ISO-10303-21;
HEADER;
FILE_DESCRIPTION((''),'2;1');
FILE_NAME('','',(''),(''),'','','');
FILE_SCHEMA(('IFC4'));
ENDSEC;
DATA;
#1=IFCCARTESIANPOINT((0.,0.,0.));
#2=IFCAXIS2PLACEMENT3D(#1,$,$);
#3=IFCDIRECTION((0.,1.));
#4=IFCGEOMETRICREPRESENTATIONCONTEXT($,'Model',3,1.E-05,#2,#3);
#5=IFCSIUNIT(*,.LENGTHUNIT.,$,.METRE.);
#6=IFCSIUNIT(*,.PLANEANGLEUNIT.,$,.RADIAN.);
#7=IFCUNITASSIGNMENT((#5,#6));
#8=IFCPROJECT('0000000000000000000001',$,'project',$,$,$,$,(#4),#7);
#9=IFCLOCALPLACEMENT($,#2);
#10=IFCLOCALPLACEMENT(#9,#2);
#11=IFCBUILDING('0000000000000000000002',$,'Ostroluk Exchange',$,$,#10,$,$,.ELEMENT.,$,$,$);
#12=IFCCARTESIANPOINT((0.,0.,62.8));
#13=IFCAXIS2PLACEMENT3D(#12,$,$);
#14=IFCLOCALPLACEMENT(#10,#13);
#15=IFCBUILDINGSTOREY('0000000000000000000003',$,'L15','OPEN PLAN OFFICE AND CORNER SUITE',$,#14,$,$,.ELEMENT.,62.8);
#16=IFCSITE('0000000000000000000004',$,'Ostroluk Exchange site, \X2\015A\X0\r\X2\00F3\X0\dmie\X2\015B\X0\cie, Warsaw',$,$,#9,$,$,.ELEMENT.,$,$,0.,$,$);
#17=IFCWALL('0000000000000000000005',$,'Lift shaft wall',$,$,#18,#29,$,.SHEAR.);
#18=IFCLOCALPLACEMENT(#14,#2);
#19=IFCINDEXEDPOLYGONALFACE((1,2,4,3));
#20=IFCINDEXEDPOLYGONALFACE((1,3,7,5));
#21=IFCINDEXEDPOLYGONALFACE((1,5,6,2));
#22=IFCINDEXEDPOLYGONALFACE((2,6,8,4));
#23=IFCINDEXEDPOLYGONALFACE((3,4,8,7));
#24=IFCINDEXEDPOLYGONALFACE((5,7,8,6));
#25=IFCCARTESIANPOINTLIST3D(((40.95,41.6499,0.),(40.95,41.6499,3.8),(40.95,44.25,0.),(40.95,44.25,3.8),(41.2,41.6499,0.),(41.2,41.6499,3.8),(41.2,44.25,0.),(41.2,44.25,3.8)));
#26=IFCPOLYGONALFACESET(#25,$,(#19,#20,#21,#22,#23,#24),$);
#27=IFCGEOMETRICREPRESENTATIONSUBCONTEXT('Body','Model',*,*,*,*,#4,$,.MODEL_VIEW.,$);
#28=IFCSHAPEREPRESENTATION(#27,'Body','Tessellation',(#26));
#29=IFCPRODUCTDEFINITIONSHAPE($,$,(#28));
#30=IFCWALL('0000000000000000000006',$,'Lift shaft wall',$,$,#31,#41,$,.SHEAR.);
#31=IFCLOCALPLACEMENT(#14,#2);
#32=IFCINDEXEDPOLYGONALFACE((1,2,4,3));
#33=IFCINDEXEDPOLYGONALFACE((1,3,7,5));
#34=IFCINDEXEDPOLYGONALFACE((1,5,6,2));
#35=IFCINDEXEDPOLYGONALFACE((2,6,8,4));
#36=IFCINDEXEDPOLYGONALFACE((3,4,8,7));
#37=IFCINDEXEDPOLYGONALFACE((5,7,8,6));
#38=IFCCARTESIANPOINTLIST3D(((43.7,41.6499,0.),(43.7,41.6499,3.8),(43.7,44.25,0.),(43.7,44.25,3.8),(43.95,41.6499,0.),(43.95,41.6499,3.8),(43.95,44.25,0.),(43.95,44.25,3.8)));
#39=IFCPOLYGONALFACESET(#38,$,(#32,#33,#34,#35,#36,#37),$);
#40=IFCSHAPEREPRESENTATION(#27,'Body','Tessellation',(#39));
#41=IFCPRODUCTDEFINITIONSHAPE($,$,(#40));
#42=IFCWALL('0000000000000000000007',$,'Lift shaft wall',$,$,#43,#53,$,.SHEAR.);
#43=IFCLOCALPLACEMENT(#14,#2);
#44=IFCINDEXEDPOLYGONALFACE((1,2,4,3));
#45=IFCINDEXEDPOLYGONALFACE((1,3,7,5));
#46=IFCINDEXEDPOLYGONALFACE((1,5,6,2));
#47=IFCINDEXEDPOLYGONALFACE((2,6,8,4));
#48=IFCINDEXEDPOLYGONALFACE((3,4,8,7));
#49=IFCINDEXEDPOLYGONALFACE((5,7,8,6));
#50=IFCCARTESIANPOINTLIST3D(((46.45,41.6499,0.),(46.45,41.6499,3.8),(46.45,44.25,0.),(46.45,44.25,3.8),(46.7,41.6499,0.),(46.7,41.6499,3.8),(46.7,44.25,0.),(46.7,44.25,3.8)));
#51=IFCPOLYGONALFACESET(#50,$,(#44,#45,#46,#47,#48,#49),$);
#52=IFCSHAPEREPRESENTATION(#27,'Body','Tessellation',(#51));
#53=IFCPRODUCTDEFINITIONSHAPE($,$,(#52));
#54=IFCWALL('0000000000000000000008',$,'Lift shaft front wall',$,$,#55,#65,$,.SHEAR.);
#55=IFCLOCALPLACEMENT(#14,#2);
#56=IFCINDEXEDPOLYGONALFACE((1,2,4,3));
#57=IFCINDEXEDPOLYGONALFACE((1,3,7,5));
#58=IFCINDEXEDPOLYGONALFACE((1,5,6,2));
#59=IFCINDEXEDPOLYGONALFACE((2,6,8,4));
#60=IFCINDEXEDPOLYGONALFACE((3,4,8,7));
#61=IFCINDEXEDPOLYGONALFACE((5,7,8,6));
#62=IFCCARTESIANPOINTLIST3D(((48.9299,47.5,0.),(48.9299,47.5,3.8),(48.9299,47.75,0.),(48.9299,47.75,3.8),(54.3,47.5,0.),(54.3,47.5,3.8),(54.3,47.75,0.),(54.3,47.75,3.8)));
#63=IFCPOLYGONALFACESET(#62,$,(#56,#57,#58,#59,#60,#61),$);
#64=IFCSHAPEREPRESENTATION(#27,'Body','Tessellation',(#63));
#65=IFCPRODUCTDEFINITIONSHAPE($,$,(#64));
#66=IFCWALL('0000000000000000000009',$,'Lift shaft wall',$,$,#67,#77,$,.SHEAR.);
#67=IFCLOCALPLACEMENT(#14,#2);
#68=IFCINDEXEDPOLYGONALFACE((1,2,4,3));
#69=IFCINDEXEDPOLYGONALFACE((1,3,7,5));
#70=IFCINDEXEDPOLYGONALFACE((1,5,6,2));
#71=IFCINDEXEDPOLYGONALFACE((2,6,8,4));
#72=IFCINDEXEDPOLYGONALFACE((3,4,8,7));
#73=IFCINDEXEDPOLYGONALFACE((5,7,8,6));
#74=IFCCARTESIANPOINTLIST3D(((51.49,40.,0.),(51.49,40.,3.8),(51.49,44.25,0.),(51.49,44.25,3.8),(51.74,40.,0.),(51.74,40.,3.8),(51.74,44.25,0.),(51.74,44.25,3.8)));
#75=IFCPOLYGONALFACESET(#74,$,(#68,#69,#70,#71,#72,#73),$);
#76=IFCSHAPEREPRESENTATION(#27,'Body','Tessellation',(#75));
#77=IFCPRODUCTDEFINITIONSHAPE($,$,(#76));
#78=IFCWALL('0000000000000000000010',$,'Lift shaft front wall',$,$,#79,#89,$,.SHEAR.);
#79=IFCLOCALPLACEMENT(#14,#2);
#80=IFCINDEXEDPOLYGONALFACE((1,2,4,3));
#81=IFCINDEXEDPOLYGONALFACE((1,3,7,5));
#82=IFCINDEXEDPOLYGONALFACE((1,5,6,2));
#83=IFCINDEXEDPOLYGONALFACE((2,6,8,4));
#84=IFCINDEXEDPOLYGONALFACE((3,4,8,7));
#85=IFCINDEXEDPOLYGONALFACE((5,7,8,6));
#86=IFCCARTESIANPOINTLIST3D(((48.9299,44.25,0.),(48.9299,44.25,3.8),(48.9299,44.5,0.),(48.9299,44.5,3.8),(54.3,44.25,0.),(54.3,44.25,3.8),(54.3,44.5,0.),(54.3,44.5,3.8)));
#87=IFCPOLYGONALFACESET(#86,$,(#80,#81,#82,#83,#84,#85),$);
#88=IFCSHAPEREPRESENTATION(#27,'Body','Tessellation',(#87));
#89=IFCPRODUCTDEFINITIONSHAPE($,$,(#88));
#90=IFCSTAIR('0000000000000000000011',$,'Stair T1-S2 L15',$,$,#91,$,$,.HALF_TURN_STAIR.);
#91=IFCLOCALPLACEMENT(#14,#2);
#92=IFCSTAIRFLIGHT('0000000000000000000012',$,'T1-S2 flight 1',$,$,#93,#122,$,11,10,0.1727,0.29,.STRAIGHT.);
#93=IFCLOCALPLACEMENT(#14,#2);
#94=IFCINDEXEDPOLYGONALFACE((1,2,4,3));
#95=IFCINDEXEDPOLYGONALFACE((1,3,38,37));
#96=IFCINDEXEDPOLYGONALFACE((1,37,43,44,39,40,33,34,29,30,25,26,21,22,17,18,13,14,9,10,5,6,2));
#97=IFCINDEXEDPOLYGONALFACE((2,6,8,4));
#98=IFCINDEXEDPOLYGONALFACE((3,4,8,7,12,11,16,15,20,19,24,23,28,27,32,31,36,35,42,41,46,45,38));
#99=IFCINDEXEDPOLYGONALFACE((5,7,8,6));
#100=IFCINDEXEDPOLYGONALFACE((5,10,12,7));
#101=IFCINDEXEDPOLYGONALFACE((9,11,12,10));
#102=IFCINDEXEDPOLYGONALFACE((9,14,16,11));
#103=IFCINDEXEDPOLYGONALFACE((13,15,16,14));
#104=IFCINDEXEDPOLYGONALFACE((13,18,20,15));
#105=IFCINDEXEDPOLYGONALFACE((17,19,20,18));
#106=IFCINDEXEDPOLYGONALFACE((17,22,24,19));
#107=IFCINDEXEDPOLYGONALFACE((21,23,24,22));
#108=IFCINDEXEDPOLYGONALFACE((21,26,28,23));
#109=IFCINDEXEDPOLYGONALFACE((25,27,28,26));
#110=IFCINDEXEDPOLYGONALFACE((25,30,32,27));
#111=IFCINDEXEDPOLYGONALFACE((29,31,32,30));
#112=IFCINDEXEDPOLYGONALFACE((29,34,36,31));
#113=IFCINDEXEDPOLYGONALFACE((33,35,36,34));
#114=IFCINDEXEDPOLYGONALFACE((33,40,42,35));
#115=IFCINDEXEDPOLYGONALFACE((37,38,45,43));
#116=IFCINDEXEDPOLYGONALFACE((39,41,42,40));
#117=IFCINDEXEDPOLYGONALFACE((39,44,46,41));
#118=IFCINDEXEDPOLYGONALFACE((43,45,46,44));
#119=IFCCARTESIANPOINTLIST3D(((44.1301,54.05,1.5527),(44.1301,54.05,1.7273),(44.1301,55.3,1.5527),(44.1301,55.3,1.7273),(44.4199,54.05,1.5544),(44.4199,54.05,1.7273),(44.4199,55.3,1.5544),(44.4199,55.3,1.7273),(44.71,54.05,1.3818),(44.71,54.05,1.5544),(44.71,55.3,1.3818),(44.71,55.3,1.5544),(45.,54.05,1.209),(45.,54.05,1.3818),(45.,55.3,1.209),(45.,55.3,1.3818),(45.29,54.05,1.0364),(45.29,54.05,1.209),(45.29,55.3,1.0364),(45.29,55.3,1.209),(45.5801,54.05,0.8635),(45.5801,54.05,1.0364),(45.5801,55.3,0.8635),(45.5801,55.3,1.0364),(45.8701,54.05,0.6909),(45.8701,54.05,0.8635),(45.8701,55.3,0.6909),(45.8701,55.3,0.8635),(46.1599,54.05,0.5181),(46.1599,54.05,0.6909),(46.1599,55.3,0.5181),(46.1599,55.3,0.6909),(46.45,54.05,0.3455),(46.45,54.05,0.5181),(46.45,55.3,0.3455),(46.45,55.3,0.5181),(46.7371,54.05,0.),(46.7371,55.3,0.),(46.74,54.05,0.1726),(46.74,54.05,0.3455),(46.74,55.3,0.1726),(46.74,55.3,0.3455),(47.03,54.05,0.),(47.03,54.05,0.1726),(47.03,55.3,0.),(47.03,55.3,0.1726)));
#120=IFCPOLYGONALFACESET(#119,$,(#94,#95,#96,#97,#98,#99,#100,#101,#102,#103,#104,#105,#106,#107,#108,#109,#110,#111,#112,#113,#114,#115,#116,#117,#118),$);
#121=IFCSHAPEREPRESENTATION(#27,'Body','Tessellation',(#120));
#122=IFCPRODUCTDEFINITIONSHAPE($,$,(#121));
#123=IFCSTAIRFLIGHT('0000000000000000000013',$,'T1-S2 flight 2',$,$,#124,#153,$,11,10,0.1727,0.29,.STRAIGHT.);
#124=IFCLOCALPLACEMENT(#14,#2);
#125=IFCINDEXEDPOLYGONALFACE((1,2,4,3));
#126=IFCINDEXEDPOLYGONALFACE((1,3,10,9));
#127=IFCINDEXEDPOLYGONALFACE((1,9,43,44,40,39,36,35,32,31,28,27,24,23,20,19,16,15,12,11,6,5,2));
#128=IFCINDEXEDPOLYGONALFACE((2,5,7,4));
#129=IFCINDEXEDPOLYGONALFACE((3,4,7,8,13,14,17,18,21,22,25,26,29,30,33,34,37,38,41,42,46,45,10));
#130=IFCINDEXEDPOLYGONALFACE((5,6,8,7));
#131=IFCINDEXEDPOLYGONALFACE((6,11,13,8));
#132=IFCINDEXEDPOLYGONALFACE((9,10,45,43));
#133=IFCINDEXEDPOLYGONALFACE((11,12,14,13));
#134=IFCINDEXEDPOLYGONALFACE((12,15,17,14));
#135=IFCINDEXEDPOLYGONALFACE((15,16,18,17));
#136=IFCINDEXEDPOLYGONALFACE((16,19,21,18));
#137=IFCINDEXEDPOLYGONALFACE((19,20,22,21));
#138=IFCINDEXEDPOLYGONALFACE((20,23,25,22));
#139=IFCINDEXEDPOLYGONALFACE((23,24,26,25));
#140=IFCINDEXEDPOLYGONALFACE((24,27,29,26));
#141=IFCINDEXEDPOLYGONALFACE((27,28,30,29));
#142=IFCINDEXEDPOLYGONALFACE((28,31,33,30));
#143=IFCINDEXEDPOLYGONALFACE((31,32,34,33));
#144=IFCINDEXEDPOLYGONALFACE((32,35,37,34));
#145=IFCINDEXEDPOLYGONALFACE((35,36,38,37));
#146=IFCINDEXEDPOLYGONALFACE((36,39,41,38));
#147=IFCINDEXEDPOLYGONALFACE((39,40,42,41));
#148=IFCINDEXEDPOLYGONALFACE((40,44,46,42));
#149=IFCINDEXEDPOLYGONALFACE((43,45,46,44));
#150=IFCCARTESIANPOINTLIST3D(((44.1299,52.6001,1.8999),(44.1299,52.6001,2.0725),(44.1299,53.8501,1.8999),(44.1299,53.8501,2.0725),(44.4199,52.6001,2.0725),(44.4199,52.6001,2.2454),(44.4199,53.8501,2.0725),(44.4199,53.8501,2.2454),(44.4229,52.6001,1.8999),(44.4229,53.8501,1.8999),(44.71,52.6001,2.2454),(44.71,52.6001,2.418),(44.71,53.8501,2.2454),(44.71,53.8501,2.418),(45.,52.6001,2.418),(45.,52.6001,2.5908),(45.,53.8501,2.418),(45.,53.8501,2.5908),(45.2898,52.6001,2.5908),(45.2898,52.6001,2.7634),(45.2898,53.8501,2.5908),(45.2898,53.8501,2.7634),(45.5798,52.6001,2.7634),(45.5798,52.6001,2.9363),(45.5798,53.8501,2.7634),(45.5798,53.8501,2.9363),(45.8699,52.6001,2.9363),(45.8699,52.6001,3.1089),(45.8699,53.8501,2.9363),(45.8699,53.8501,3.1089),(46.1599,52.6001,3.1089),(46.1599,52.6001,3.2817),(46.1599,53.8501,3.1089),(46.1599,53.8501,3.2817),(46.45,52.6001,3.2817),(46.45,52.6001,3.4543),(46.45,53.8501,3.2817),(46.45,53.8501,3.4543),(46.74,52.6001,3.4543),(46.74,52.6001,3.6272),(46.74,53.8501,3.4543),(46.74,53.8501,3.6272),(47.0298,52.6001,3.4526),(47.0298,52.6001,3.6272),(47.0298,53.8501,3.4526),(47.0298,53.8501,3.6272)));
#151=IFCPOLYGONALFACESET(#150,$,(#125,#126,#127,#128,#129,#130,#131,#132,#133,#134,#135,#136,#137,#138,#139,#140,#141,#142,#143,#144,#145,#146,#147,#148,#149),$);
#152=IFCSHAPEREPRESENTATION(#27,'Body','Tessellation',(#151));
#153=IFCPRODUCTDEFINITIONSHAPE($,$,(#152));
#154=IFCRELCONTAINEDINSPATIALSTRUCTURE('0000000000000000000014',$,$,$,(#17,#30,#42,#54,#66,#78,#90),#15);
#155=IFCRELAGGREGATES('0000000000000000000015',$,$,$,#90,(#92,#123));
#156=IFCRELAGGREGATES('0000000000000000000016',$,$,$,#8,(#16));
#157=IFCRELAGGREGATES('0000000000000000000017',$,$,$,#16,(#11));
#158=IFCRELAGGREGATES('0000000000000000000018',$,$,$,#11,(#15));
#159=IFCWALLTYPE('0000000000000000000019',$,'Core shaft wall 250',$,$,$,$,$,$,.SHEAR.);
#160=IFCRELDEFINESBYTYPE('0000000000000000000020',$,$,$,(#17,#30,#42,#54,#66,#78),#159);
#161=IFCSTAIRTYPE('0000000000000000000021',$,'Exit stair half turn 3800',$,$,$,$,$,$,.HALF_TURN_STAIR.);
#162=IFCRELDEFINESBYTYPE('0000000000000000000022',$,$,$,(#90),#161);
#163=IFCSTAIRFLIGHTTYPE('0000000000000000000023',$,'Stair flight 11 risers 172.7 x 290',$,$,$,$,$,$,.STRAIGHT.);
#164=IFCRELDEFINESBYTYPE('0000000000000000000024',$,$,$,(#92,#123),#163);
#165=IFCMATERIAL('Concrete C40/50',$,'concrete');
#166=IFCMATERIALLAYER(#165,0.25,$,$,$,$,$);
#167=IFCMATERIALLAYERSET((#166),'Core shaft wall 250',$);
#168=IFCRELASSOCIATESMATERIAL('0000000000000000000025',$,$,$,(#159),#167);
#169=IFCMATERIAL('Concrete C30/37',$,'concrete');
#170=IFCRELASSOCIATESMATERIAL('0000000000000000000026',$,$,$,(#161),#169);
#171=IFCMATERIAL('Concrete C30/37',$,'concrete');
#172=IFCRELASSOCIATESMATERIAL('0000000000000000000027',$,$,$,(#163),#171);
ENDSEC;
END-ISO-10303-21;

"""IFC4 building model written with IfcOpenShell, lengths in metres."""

from ifc_helpers import new_model, si_unit, direction, frame, frame_2d, origin, place, context, subcontext, project, spatial, polyline, rectangle, outline, extrude, material, layer, layer_set, type_object, element, aggregate, save


model = new_model("IFC4")

# Units and contexts
model_context = context("Model", 3, precision=1e-05, world=origin(), true_north=direction((0.0, 1.0)))
body_context = subcontext(model_context, "Body", "Model", "MODEL_VIEW")
ifc_project = project(units=[si_unit("LENGTHUNIT", "METRE"), si_unit("PLANEANGLEUNIT", "RADIAN")], contexts=[model_context])

# Site, building, storey
site_placement = place(None, origin())
site = spatial("IfcSite", under=ifc_project, at=site_placement, Name="Ostroluk Exchange site, Śródmieście, Warsaw", CompositionType="ELEMENT", RefElevation=0.0)
building_placement = place(site_placement, origin())
building = spatial("IfcBuilding", under=site, at=building_placement, Name="Ostroluk Exchange", CompositionType="ELEMENT")
storey_placement = place(building_placement, frame((0.0, 0.0, 62.8)))
storey = spatial("IfcBuildingStorey", under=building, at=storey_placement, Name="L15", Description="OPEN PLAN OFFICE AND CORNER SUITE", CompositionType="ELEMENT", Elevation=62.8)

# Shared definitions
ifc_material_1 = material(Name="Concrete C40/50", Category="concrete")
ifc_layer_1 = layer(ifc_material_1, 0.25)
ifc_layer_set_1 = layer_set([ifc_layer_1], Name="Core shaft wall 250")
wall_type_1 = type_object("IfcWallType", Name="Core shaft wall 250", PredefinedType="SHEAR", material=ifc_layer_set_1)

# Walls
for number, where, z_axis, x_axis, name in (
    (1, (41.075, 44.25, 0.0), (0.0, 0.0, 1.0), (0.0, -1.0, 0.0), "Lift shaft wall"),
    (2, (43.825, 44.25, 0.0), (0.0, 0.0, 1.0), (0.0, -1.0, 0.0), "Lift shaft wall"),
    (3, (46.575, 44.25, 0.0), (0.0, 0.0, 1.0), (0.0, -1.0, 0.0), "Lift shaft wall"),
):
    element("IfcWall", number, at=place(storey_placement, frame(where, z_axis=z_axis, x_axis=x_axis)), inside=storey, type_object=wall_type_1, Name=name, PredefinedType="SHEAR", context=body_context, shape_type="SweptSolid", body=[
        extrude(rectangle(XDim=2.6001, YDim=0.25, at=frame_2d((1.3, 0.0))), origin(), (0.0, 0.0, 1.0), 3.8),
    ])
wall_1_placement = place(storey_placement, frame((48.9299, 47.625, 0.0), z_axis=(0.0, 0.0, 1.0), x_axis=(1.0, 0.0, 0.0)))
element("IfcWall", 4, at=wall_1_placement, inside=storey, type_object=wall_type_1, Name="Lift shaft front wall", PredefinedType="SHEAR", context=body_context, shape_type="SweptSolid", body=[
    extrude(rectangle(XDim=5.3701, YDim=0.25, at=frame_2d((2.6851, 0.0))), origin(), (0.0, 0.0, 1.0), 3.8),
])
wall_2_placement = place(storey_placement, frame((51.615, 44.25, 0.0), z_axis=(0.0, 0.0, 1.0), x_axis=(0.0, -1.0, 0.0)))
element("IfcWall", 5, at=wall_2_placement, inside=storey, type_object=wall_type_1, Name="Lift shaft wall", PredefinedType="SHEAR", context=body_context, shape_type="SweptSolid", body=[
    extrude(rectangle(XDim=4.25, YDim=0.25, at=frame_2d((2.125, 0.0))), origin(), (0.0, 0.0, 1.0), 3.8),
])
wall_3_placement = place(storey_placement, frame((48.9299, 44.375, 0.0), z_axis=(0.0, 0.0, 1.0), x_axis=(1.0, 0.0, 0.0)))
element("IfcWall", 6, at=wall_3_placement, inside=storey, type_object=wall_type_1, Name="Lift shaft front wall", PredefinedType="SHEAR", context=body_context, shape_type="SweptSolid", body=[
    extrude(rectangle(XDim=5.3701, YDim=0.25, at=frame_2d((2.6851, 0.0))), origin(), (0.0, 0.0, 1.0), 3.8),
])

# Stair, stair flights
ifc_material_2 = material(Name="Concrete C30/37", Category="concrete")
stair_type = type_object("IfcStairType", Name="Exit stair half turn 3800", PredefinedType="HALF_TURN_STAIR", material=ifc_material_2)
stair_placement = place(storey_placement, origin())
stair = element("IfcStair", 7, at=stair_placement, inside=storey, type_object=stair_type, Name="Stair T1-S2 L15", PredefinedType="HALF_TURN_STAIR")
ifc_material_3 = material(Name="Concrete C30/37", Category="concrete")
stair_flight_type = type_object("IfcStairFlightType", Name="Stair flight 11 risers 172.7 x 290", PredefinedType="STRAIGHT", material=ifc_material_3)
stair_flight_1_placement = place(storey_placement, frame((47.03, 54.675, 0.0), z_axis=(0.0, 0.0, 1.0), x_axis=(-1.0, 0.0, 0.0)))
stair_flight_1 = element("IfcStairFlight", 8, at=stair_flight_1_placement, type_object=stair_flight_type, Name="T1-S2 flight 1", NumberOfRisers=11, NumberOfTreads=10, PredefinedType="STRAIGHT", RiserHeight=0.1727, TreadLength=0.29, context=body_context, shape_type="SweptSolid", body=[
    extrude(outline(polyline([(0.0, 0.0), (0.0, 0.1726), (0.29, 0.1726), (0.29, 0.3455), (0.5801, 0.3455), (0.5801, 0.5181), (0.8701, 0.5181), (0.8701, 0.6909), (1.1599, 0.6909), (1.1599, 0.8635), (1.45, 0.8635), (1.45, 1.0364), (1.74, 1.0364), (1.74, 1.209), (2.03, 1.209), (2.03, 1.3818), (2.3201, 1.3818), (2.3201, 1.5544), (2.6101, 1.5544), (2.6101, 1.7273), (2.8999, 1.7273), (2.8999, 1.8999), (2.8999, 1.5527), (0.293, 0.0), (0.0, 0.0)])), frame((0.0, 0.625, 0.0), z_axis=(0.0, -1.0, 0.0), x_axis=(1.0, 0.0, 0.0)), (0.0, 0.0, 1.0), 1.25),
])
stair_flight_2_placement = place(storey_placement, frame((44.1299, 53.2251, 1.8999), z_axis=(0.0, 0.0, 1.0), x_axis=(1.0, 0.0, 0.0)))
stair_flight_2 = element("IfcStairFlight", 9, at=stair_flight_2_placement, type_object=stair_flight_type, Name="T1-S2 flight 2", NumberOfRisers=11, NumberOfTreads=10, PredefinedType="STRAIGHT", RiserHeight=0.1727, TreadLength=0.29, context=body_context, shape_type="SweptSolid", body=[
    extrude(outline(polyline([(0.0, 0.0), (0.0, 0.1726), (0.29, 0.1726), (0.29, 0.3455), (0.5801, 0.3455), (0.5801, 0.5181), (0.8701, 0.5181), (0.8701, 0.6909), (1.1599, 0.6909), (1.1599, 0.8635), (1.45, 0.8635), (1.45, 1.0364), (1.74, 1.0364), (1.74, 1.209), (2.03, 1.209), (2.03, 1.3818), (2.3201, 1.3818), (2.3201, 1.5544), (2.6101, 1.5544), (2.6101, 1.7273), (2.8999, 1.7273), (2.8999, 1.8999), (2.8999, 1.5527), (0.293, 0.0), (0.0, 0.0)])), frame((0.0, 0.625, 0.0), z_axis=(0.0, -1.0, 0.0), x_axis=(1.0, 0.0, 0.0)), (0.0, 0.0, 1.0), 1.25),
])
aggregate(stair, [stair_flight_1, stair_flight_2])

save(model, "model.ifc")
